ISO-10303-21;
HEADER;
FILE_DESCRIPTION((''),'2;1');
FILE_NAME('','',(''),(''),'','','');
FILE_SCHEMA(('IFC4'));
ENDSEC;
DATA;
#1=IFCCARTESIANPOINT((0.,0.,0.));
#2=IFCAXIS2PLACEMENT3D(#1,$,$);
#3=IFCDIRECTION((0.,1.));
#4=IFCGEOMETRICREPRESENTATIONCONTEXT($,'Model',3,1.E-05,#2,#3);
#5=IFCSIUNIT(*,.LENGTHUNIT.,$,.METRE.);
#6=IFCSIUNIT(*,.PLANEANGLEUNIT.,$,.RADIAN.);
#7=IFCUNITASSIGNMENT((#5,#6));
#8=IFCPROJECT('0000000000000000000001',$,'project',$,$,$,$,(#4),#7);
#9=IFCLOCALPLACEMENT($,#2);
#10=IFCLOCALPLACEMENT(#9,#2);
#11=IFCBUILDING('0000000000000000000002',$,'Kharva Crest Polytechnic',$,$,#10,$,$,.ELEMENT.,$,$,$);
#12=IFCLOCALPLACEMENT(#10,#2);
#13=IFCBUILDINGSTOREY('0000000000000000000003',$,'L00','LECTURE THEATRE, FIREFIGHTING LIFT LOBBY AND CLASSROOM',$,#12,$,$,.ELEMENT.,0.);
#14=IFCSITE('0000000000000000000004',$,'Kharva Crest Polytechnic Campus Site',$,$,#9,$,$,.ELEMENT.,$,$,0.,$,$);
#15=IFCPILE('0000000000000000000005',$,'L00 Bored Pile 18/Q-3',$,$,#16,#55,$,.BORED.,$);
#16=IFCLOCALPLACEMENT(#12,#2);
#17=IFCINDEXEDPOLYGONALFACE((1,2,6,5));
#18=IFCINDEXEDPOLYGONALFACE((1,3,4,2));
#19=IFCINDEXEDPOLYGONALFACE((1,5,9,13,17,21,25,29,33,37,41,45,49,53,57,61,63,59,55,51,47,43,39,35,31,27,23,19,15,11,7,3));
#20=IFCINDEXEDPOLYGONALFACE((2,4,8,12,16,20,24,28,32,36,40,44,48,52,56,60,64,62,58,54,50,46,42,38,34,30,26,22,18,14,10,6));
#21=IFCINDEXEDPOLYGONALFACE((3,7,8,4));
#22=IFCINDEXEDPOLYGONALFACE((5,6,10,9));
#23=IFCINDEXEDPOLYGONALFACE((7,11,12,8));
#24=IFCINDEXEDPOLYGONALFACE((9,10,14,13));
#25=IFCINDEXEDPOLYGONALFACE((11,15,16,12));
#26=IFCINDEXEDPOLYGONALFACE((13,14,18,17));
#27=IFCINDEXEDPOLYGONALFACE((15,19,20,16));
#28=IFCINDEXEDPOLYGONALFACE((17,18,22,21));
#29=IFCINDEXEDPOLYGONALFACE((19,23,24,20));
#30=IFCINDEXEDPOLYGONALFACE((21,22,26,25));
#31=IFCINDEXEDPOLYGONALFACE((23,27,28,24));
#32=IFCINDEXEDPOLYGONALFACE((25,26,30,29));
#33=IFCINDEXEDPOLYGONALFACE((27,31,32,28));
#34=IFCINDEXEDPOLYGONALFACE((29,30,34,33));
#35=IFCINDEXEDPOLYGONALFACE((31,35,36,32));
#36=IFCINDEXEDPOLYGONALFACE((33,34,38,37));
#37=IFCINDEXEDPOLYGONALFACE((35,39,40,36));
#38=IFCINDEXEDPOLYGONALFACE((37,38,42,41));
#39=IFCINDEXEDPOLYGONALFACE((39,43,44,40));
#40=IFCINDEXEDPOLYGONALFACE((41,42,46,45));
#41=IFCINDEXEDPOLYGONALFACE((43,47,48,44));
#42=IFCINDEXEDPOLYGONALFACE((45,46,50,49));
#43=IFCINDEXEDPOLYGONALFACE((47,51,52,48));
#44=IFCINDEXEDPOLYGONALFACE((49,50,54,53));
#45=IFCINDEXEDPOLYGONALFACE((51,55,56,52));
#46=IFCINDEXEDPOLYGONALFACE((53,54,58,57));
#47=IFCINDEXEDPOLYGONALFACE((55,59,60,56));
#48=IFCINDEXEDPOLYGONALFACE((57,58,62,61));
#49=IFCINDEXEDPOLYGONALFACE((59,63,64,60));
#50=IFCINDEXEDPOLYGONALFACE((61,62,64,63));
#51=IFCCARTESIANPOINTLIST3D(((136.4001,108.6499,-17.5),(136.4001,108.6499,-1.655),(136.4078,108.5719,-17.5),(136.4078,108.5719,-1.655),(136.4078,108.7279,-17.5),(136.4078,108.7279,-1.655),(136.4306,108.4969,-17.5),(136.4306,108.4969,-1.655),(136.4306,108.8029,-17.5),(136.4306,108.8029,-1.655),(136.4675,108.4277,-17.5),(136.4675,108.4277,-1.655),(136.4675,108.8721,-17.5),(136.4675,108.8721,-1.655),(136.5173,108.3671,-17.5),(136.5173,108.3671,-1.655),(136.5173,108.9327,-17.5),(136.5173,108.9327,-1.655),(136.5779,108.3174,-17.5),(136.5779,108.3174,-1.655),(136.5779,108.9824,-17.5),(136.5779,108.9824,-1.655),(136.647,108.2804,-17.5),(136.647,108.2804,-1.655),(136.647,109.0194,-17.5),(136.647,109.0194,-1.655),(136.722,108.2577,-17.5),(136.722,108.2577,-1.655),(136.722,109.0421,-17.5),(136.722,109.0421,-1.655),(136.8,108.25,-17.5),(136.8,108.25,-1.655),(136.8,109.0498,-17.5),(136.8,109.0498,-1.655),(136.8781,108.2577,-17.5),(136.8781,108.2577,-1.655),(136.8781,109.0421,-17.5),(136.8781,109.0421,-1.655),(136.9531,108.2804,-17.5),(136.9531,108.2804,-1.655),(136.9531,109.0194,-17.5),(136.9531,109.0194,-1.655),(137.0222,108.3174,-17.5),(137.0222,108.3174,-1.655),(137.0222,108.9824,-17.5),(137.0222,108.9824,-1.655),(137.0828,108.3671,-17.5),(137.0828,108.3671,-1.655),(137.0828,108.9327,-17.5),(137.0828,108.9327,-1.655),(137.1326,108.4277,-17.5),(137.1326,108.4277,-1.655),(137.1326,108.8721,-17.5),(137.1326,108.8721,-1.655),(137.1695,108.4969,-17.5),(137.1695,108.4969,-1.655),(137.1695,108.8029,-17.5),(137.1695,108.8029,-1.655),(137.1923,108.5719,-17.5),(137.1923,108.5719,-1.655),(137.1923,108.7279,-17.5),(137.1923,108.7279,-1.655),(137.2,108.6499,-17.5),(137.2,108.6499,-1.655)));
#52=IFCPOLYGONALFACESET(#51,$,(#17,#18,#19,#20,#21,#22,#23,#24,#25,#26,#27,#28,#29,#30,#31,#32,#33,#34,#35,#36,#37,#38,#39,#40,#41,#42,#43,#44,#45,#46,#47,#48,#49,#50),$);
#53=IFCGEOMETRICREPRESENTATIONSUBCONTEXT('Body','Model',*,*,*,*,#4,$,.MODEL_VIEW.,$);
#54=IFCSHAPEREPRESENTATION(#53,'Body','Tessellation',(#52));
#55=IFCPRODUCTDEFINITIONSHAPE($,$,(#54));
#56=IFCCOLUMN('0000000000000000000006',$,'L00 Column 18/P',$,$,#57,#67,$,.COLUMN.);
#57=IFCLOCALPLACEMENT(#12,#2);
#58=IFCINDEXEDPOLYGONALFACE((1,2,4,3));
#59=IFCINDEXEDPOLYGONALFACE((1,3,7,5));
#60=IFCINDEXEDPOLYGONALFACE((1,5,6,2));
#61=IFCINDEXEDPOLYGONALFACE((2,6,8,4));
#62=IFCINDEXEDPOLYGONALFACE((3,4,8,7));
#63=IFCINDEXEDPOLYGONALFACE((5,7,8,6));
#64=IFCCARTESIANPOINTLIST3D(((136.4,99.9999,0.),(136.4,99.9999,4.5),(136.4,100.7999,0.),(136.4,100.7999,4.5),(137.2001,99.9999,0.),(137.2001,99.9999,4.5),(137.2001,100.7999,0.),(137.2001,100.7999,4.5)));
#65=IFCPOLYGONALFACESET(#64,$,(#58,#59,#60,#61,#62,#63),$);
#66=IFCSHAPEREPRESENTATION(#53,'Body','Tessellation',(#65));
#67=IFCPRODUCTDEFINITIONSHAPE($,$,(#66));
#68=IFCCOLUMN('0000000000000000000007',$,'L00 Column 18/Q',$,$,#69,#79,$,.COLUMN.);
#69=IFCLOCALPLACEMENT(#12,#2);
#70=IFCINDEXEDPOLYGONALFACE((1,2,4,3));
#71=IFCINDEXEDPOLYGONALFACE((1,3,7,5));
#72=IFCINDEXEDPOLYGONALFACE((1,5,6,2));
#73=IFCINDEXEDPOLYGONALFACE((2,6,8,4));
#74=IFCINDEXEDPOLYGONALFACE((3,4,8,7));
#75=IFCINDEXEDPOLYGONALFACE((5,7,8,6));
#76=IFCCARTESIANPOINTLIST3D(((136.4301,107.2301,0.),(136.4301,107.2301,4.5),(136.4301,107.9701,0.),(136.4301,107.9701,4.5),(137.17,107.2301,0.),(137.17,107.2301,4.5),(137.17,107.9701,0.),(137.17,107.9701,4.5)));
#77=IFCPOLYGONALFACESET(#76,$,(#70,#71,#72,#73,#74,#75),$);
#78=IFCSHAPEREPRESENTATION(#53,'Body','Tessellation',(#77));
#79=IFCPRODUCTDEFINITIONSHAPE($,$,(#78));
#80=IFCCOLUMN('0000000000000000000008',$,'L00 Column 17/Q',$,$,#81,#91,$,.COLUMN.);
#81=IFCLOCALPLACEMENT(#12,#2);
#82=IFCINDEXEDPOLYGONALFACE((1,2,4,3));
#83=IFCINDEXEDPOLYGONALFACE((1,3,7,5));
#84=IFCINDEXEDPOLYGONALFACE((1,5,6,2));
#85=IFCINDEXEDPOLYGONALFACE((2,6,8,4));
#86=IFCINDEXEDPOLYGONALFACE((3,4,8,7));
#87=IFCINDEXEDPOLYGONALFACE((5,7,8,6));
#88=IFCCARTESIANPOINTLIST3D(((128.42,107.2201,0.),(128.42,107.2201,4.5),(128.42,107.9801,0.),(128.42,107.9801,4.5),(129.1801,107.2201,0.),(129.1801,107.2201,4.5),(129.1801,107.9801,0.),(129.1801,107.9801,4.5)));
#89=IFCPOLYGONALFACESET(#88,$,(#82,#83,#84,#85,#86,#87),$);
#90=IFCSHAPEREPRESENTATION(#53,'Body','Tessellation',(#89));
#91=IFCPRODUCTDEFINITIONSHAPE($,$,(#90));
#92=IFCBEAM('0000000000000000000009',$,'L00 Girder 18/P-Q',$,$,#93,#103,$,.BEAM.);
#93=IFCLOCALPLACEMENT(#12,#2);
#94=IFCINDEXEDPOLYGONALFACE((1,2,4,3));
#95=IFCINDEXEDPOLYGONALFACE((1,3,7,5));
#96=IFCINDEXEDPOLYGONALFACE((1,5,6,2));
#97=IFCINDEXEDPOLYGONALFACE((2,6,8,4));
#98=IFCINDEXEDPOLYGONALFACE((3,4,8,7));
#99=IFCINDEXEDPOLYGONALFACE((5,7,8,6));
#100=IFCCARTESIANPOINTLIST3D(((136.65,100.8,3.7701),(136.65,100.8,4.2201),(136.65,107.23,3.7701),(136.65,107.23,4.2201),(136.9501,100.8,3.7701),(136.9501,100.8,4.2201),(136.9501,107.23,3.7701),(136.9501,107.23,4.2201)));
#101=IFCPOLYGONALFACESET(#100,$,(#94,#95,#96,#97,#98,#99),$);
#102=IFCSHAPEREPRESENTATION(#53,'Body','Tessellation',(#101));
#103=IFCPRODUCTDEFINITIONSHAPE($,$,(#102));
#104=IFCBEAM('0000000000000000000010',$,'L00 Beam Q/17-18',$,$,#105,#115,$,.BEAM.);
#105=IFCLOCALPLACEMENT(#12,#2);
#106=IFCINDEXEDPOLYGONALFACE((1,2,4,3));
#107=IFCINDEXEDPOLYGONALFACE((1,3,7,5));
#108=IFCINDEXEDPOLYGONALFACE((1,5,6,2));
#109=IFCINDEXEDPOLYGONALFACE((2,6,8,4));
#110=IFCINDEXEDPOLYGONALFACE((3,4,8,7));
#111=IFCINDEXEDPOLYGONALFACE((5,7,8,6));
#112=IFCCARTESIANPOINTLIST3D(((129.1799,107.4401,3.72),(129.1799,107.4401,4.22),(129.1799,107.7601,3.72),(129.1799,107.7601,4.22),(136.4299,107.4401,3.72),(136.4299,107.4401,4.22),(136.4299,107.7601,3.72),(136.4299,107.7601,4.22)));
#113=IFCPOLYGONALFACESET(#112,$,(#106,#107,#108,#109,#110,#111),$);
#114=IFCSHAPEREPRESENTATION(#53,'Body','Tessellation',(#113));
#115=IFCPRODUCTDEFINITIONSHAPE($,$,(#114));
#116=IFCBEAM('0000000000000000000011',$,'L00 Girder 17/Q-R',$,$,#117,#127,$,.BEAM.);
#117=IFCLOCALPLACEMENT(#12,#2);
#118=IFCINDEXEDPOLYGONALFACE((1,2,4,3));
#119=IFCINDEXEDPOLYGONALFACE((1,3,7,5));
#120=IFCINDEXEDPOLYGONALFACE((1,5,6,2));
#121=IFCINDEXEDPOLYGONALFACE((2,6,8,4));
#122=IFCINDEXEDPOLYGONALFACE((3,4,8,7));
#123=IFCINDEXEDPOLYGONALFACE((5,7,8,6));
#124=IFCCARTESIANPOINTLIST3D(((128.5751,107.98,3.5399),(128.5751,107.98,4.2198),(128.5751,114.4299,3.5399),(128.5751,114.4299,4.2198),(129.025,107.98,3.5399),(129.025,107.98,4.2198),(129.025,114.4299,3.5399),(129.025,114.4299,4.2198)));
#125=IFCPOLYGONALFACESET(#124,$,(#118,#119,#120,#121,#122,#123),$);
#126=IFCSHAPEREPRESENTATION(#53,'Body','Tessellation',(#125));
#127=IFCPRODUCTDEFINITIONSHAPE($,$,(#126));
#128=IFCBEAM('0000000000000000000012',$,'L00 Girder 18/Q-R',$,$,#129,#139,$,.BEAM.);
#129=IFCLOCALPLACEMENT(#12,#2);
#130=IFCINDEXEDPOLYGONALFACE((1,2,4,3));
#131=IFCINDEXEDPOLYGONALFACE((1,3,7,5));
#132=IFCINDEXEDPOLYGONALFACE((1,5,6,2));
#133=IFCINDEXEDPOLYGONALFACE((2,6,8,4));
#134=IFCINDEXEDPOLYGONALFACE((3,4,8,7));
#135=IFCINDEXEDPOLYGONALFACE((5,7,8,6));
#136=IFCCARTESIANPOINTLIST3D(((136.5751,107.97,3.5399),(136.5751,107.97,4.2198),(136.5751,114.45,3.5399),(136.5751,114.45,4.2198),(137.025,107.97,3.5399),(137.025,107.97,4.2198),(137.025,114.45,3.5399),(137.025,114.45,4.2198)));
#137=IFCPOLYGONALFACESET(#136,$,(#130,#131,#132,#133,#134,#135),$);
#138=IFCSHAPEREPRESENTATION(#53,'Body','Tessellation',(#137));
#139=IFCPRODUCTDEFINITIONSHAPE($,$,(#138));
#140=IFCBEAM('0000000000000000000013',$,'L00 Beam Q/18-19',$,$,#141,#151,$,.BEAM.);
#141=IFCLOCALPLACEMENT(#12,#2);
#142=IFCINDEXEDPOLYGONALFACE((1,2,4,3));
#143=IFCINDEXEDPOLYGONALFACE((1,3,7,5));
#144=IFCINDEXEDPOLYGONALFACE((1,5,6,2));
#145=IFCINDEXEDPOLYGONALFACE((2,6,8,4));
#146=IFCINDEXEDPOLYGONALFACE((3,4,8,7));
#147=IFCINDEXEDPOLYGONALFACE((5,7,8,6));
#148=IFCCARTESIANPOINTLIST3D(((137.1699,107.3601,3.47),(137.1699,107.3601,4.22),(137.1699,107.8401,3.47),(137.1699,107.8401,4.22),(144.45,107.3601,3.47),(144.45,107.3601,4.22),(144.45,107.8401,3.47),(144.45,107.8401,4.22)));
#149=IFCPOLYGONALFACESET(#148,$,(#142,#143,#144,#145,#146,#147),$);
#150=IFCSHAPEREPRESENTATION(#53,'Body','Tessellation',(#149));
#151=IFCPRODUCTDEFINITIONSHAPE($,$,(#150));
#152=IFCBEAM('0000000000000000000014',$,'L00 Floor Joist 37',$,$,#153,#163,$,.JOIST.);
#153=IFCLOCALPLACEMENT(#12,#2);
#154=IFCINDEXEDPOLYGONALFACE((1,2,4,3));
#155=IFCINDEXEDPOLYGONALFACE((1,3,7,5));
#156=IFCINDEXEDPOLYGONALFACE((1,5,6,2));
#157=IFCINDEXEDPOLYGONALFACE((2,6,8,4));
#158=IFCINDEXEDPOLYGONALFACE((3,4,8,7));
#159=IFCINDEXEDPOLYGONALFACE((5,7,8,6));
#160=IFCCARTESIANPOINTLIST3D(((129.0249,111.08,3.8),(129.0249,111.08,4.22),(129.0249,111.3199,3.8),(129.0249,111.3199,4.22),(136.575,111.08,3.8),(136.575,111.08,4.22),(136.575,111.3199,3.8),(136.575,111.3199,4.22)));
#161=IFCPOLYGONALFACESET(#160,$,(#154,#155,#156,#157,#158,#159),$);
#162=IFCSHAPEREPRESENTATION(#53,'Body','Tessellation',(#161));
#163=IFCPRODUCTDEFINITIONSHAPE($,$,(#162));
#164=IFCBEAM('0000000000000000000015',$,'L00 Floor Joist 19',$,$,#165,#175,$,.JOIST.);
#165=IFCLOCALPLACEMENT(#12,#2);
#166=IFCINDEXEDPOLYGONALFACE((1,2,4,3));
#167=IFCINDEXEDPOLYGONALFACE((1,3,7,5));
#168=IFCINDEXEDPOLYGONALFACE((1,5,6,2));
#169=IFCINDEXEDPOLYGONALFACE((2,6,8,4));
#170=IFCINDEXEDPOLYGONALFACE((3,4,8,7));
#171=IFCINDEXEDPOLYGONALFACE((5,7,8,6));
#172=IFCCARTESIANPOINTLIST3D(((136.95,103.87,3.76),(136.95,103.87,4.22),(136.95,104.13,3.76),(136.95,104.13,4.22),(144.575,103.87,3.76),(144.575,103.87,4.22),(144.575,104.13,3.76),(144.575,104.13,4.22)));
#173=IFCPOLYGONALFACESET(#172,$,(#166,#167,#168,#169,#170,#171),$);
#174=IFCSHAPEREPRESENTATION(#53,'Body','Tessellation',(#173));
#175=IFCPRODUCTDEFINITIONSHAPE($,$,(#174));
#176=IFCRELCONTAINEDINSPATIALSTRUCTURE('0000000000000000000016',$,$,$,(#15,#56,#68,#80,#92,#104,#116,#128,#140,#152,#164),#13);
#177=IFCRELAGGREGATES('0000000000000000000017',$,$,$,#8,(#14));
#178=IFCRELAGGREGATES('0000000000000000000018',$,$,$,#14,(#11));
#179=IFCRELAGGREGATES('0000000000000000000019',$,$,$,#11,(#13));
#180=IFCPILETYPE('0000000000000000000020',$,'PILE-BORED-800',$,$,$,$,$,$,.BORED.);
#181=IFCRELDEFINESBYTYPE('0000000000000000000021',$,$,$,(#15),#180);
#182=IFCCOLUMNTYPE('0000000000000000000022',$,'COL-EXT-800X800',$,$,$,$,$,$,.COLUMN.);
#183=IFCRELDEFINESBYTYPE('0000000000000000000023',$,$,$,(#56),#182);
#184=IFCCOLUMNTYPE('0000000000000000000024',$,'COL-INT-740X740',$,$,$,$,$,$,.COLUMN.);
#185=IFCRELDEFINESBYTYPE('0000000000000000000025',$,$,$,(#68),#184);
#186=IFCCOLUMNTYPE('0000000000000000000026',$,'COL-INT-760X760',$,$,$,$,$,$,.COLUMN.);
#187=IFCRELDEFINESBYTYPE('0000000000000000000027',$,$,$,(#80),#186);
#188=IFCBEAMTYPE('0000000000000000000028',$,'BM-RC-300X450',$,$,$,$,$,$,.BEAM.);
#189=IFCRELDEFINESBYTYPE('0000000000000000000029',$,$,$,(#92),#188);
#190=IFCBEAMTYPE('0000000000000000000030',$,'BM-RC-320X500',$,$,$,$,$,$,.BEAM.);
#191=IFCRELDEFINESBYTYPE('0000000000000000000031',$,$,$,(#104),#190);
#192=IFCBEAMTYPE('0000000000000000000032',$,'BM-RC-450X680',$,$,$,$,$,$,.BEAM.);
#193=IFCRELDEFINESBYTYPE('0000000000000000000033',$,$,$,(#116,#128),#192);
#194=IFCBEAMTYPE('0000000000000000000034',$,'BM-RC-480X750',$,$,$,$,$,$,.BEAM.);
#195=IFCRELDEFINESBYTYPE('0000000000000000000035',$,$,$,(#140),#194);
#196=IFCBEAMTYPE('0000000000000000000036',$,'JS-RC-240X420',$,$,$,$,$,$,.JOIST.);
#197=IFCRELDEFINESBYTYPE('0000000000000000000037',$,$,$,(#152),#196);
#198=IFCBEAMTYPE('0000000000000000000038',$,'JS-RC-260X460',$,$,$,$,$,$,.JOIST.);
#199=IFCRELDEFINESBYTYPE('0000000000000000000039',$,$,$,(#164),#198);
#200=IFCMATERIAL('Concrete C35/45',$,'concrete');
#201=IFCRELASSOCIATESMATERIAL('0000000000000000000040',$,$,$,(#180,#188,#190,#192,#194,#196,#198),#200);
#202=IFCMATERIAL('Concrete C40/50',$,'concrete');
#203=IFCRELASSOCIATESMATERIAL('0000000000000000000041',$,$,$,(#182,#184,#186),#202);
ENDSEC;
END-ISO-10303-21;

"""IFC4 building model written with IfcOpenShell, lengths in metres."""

from ifc_helpers import new_model, si_unit, direction, frame, origin, origin_2d, place, context, subcontext, project, spatial, rectangle, circle, extrude, material, material_profile, profile_set, type_object, element, save


model = new_model("IFC4")

# Units and contexts
model_context = context("Model", 3, precision=1e-05, world=origin(), true_north=direction((0.0, 1.0)))
body_context = subcontext(model_context, "Body", "Model", "MODEL_VIEW")
ifc_project = project(units=[si_unit("LENGTHUNIT", "METRE"), si_unit("PLANEANGLEUNIT", "RADIAN")], contexts=[model_context])

# Site, building, storey
site_placement = place(None, origin())
site = spatial("IfcSite", under=ifc_project, at=site_placement, Name="Kharva Crest Polytechnic Campus Site", CompositionType="ELEMENT", RefElevation=0.0)
building_placement = place(site_placement, origin())
building = spatial("IfcBuilding", under=site, at=building_placement, Name="Kharva Crest Polytechnic", CompositionType="ELEMENT")
storey_placement = place(building_placement, origin())
storey = spatial("IfcBuildingStorey", under=building, at=storey_placement, Name="L00", Description="LECTURE THEATRE, FIREFIGHTING LIFT LOBBY AND CLASSROOM", CompositionType="ELEMENT", Elevation=0.0)

# Shared definitions
ifc_material_1 = material(Name="Concrete C35/45", Category="concrete")

# Pile
ifc_material_profile_1 = material_profile(ifc_material_1, circle(Radius=0.3999, at=origin_2d()), Name="DIA 800")
ifc_profile_set_1 = profile_set([ifc_material_profile_1], Name="Concrete C35/45")
pile_type = type_object("IfcPileType", Name="PILE-BORED-800", PredefinedType="BORED", material=ifc_profile_set_1)
for number, where, z_axis, x_axis, name in (
    (1, (136.8, 108.6499, -1.655), (0.0, 0.0, -1.0), (1.0, 0.0, 0.0), "L00 Bored Pile 18/Q-3"),
):
    element("IfcPile", number, at=place(storey_placement, frame(where, z_axis=z_axis, x_axis=x_axis)), inside=storey, type_object=pile_type, Name=name, PredefinedType="BORED", context=body_context, shape_type="SweptSolid", body=[
        extrude(circle(Radius=0.3999, at=origin_2d()), origin(), (0.0, 0.0, 1.0), 15.845),
    ])

# Columns
ifc_material_2 = material(Name="Concrete C40/50", Category="concrete")
ifc_material_profile_2 = material_profile(ifc_material_2, rectangle(XDim=0.8, YDim=0.8, at=origin_2d()), Name="RECT 800 X 800")
ifc_profile_set_2 = profile_set([ifc_material_profile_2], Name="Concrete C40/50")
column_type_1 = type_object("IfcColumnType", Name="COL-EXT-800X800", PredefinedType="COLUMN", material=ifc_profile_set_2)
column_1_placement = place(storey_placement, frame((136.8, 100.3999, 0.0), z_axis=(0.0, 0.0, 1.0), x_axis=(1.0, 0.0, 0.0)))
element("IfcColumn", 2, at=column_1_placement, inside=storey, type_object=column_type_1, Name="L00 Column 18/P", PredefinedType="COLUMN", context=body_context, shape_type="SweptSolid", body=[
    extrude(rectangle(XDim=0.8, YDim=0.8, at=origin_2d()), origin(), (0.0, 0.0, 1.0), 4.5),
])
ifc_material_profile_3 = material_profile(ifc_material_2, rectangle(XDim=0.74, YDim=0.74, at=origin_2d()), Name="RECT 740 X 740")
ifc_profile_set_3 = profile_set([ifc_material_profile_3], Name="Concrete C40/50")
column_type_2 = type_object("IfcColumnType", Name="COL-INT-740X740", PredefinedType="COLUMN", material=ifc_profile_set_3)
column_2_placement = place(storey_placement, frame((136.8, 107.6001, 0.0), z_axis=(0.0, 0.0, 1.0), x_axis=(1.0, 0.0, 0.0)))
element("IfcColumn", 3, at=column_2_placement, inside=storey, type_object=column_type_2, Name="L00 Column 18/Q", PredefinedType="COLUMN", context=body_context, shape_type="SweptSolid", body=[
    extrude(rectangle(XDim=0.74, YDim=0.74, at=origin_2d()), origin(), (0.0, 0.0, 1.0), 4.5),
])
ifc_material_profile_4 = material_profile(ifc_material_2, rectangle(XDim=0.76, YDim=0.76, at=origin_2d()), Name="RECT 760 X 760")
ifc_profile_set_4 = profile_set([ifc_material_profile_4], Name="Concrete C40/50")
column_type_3 = type_object("IfcColumnType", Name="COL-INT-760X760", PredefinedType="COLUMN", material=ifc_profile_set_4)
column_3_placement = place(storey_placement, frame((128.8, 107.6001, 0.0), z_axis=(0.0, 0.0, 1.0), x_axis=(1.0, 0.0, 0.0)))
element("IfcColumn", 4, at=column_3_placement, inside=storey, type_object=column_type_3, Name="L00 Column 17/Q", PredefinedType="COLUMN", context=body_context, shape_type="SweptSolid", body=[
    extrude(rectangle(XDim=0.76, YDim=0.76, at=origin_2d()), origin(), (0.0, 0.0, 1.0), 4.5),
])

# Beams
ifc_material_profile_5 = material_profile(ifc_material_1, rectangle(XDim=0.3, YDim=0.45, at=origin_2d()), Name="RECT 300 X 450")
ifc_profile_set_5 = profile_set([ifc_material_profile_5], Name="Concrete C35/45")
beam_type_1 = type_object("IfcBeamType", Name="BM-RC-300X450", PredefinedType="BEAM", material=ifc_profile_set_5)
beam_1_placement = place(storey_placement, frame((136.8, 100.8, 3.9951), z_axis=(0.0, 1.0, 0.0), x_axis=(-1.0, 0.0, 0.0)))
element("IfcBeam", 5, at=beam_1_placement, inside=storey, type_object=beam_type_1, Name="L00 Girder 18/P-Q", PredefinedType="BEAM", context=body_context, shape_type="SweptSolid", body=[
    extrude(rectangle(XDim=0.3, YDim=0.45, at=origin_2d()), origin(), (0.0, 0.0, 1.0), 6.4299),
])
ifc_material_profile_6 = material_profile(ifc_material_1, rectangle(XDim=0.3201, YDim=0.5, at=origin_2d()), Name="RECT 320 X 500")
ifc_profile_set_6 = profile_set([ifc_material_profile_6], Name="Concrete C35/45")
beam_type_2 = type_object("IfcBeamType", Name="BM-RC-320X500", PredefinedType="BEAM", material=ifc_profile_set_6)
beam_2_placement = place(storey_placement, frame((129.1799, 107.6001, 3.97), z_axis=(1.0, 0.0, 0.0), x_axis=(0.0, 1.0, 0.0)))
element("IfcBeam", 6, at=beam_2_placement, inside=storey, type_object=beam_type_2, Name="L00 Beam Q/17-18", PredefinedType="BEAM", context=body_context, shape_type="SweptSolid", body=[
    extrude(rectangle(XDim=0.3201, YDim=0.5, at=origin_2d()), origin(), (0.0, 0.0, 1.0), 7.25),
])
ifc_material_profile_7 = material_profile(ifc_material_1, rectangle(XDim=0.45, YDim=0.6799, at=origin_2d()), Name="RECT 450 X 680")
ifc_profile_set_7 = profile_set([ifc_material_profile_7], Name="Concrete C35/45")
beam_type_3 = type_object("IfcBeamType", Name="BM-RC-450X680", PredefinedType="BEAM", material=ifc_profile_set_7)
beam_3_placement = place(storey_placement, frame((128.8, 107.98, 3.8799), z_axis=(0.0, 1.0, 0.0), x_axis=(-1.0, 0.0, 0.0)))
element("IfcBeam", 7, at=beam_3_placement, inside=storey, type_object=beam_type_3, Name="L00 Girder 17/Q-R", PredefinedType="BEAM", context=body_context, shape_type="SweptSolid", body=[
    extrude(rectangle(XDim=0.45, YDim=0.6799, at=origin_2d()), origin(), (0.0, 0.0, 1.0), 6.45),
])
beam_4_placement = place(storey_placement, frame((136.8, 107.97, 3.8799), z_axis=(0.0, 1.0, 0.0), x_axis=(-1.0, 0.0, 0.0)))
element("IfcBeam", 8, at=beam_4_placement, inside=storey, type_object=beam_type_3, Name="L00 Girder 18/Q-R", PredefinedType="BEAM", context=body_context, shape_type="SweptSolid", body=[
    extrude(rectangle(XDim=0.45, YDim=0.6799, at=origin_2d()), origin(), (0.0, 0.0, 1.0), 6.48),
])
ifc_material_profile_8 = material_profile(ifc_material_1, rectangle(XDim=0.48, YDim=0.75, at=origin_2d()), Name="RECT 480 X 750")
ifc_profile_set_8 = profile_set([ifc_material_profile_8], Name="Concrete C35/45")
beam_type_4 = type_object("IfcBeamType", Name="BM-RC-480X750", PredefinedType="BEAM", material=ifc_profile_set_8)
beam_5_placement = place(storey_placement, frame((137.1699, 107.6001, 3.845), z_axis=(1.0, 0.0, 0.0), x_axis=(0.0, 1.0, 0.0)))
element("IfcBeam", 9, at=beam_5_placement, inside=storey, type_object=beam_type_4, Name="L00 Beam Q/18-19", PredefinedType="BEAM", context=body_context, shape_type="SweptSolid", body=[
    extrude(rectangle(XDim=0.48, YDim=0.75, at=origin_2d()), origin(), (0.0, 0.0, 1.0), 7.28),
])
ifc_material_profile_9 = material_profile(ifc_material_1, rectangle(XDim=0.24, YDim=0.4199, at=origin_2d()), Name="RECT 240 X 420")
ifc_profile_set_9 = profile_set([ifc_material_profile_9], Name="Concrete C35/45")
beam_type_5 = type_object("IfcBeamType", Name="JS-RC-240X420", PredefinedType="JOIST", material=ifc_profile_set_9)
beam_6_placement = place(storey_placement, frame((129.0249, 111.2, 4.01), z_axis=(1.0, 0.0, 0.0), x_axis=(0.0, 1.0, 0.0)))
element("IfcBeam", 10, at=beam_6_placement, inside=storey, type_object=beam_type_5, Name="L00 Floor Joist 37", PredefinedType="JOIST", context=body_context, shape_type="SweptSolid", body=[
    extrude(rectangle(XDim=0.24, YDim=0.4199, at=origin_2d()), origin(), (0.0, 0.0, 1.0), 7.55),
])
ifc_material_profile_10 = material_profile(ifc_material_1, rectangle(XDim=0.26, YDim=0.46, at=origin_2d()), Name="RECT 260 X 460")
ifc_profile_set_10 = profile_set([ifc_material_profile_10], Name="Concrete C35/45")
beam_type_6 = type_object("IfcBeamType", Name="JS-RC-260X460", PredefinedType="JOIST", material=ifc_profile_set_10)
beam_7_placement = place(storey_placement, frame((136.95, 104.0, 3.99), z_axis=(1.0, 0.0, 0.0), x_axis=(0.0, 1.0, 0.0)))
element("IfcBeam", 11, at=beam_7_placement, inside=storey, type_object=beam_type_6, Name="L00 Floor Joist 19", PredefinedType="JOIST", context=body_context, shape_type="SweptSolid", body=[
    extrude(rectangle(XDim=0.26, YDim=0.46, at=origin_2d()), origin(), (0.0, 0.0, 1.0), 7.625),
])

save(model, "model.ifc")
